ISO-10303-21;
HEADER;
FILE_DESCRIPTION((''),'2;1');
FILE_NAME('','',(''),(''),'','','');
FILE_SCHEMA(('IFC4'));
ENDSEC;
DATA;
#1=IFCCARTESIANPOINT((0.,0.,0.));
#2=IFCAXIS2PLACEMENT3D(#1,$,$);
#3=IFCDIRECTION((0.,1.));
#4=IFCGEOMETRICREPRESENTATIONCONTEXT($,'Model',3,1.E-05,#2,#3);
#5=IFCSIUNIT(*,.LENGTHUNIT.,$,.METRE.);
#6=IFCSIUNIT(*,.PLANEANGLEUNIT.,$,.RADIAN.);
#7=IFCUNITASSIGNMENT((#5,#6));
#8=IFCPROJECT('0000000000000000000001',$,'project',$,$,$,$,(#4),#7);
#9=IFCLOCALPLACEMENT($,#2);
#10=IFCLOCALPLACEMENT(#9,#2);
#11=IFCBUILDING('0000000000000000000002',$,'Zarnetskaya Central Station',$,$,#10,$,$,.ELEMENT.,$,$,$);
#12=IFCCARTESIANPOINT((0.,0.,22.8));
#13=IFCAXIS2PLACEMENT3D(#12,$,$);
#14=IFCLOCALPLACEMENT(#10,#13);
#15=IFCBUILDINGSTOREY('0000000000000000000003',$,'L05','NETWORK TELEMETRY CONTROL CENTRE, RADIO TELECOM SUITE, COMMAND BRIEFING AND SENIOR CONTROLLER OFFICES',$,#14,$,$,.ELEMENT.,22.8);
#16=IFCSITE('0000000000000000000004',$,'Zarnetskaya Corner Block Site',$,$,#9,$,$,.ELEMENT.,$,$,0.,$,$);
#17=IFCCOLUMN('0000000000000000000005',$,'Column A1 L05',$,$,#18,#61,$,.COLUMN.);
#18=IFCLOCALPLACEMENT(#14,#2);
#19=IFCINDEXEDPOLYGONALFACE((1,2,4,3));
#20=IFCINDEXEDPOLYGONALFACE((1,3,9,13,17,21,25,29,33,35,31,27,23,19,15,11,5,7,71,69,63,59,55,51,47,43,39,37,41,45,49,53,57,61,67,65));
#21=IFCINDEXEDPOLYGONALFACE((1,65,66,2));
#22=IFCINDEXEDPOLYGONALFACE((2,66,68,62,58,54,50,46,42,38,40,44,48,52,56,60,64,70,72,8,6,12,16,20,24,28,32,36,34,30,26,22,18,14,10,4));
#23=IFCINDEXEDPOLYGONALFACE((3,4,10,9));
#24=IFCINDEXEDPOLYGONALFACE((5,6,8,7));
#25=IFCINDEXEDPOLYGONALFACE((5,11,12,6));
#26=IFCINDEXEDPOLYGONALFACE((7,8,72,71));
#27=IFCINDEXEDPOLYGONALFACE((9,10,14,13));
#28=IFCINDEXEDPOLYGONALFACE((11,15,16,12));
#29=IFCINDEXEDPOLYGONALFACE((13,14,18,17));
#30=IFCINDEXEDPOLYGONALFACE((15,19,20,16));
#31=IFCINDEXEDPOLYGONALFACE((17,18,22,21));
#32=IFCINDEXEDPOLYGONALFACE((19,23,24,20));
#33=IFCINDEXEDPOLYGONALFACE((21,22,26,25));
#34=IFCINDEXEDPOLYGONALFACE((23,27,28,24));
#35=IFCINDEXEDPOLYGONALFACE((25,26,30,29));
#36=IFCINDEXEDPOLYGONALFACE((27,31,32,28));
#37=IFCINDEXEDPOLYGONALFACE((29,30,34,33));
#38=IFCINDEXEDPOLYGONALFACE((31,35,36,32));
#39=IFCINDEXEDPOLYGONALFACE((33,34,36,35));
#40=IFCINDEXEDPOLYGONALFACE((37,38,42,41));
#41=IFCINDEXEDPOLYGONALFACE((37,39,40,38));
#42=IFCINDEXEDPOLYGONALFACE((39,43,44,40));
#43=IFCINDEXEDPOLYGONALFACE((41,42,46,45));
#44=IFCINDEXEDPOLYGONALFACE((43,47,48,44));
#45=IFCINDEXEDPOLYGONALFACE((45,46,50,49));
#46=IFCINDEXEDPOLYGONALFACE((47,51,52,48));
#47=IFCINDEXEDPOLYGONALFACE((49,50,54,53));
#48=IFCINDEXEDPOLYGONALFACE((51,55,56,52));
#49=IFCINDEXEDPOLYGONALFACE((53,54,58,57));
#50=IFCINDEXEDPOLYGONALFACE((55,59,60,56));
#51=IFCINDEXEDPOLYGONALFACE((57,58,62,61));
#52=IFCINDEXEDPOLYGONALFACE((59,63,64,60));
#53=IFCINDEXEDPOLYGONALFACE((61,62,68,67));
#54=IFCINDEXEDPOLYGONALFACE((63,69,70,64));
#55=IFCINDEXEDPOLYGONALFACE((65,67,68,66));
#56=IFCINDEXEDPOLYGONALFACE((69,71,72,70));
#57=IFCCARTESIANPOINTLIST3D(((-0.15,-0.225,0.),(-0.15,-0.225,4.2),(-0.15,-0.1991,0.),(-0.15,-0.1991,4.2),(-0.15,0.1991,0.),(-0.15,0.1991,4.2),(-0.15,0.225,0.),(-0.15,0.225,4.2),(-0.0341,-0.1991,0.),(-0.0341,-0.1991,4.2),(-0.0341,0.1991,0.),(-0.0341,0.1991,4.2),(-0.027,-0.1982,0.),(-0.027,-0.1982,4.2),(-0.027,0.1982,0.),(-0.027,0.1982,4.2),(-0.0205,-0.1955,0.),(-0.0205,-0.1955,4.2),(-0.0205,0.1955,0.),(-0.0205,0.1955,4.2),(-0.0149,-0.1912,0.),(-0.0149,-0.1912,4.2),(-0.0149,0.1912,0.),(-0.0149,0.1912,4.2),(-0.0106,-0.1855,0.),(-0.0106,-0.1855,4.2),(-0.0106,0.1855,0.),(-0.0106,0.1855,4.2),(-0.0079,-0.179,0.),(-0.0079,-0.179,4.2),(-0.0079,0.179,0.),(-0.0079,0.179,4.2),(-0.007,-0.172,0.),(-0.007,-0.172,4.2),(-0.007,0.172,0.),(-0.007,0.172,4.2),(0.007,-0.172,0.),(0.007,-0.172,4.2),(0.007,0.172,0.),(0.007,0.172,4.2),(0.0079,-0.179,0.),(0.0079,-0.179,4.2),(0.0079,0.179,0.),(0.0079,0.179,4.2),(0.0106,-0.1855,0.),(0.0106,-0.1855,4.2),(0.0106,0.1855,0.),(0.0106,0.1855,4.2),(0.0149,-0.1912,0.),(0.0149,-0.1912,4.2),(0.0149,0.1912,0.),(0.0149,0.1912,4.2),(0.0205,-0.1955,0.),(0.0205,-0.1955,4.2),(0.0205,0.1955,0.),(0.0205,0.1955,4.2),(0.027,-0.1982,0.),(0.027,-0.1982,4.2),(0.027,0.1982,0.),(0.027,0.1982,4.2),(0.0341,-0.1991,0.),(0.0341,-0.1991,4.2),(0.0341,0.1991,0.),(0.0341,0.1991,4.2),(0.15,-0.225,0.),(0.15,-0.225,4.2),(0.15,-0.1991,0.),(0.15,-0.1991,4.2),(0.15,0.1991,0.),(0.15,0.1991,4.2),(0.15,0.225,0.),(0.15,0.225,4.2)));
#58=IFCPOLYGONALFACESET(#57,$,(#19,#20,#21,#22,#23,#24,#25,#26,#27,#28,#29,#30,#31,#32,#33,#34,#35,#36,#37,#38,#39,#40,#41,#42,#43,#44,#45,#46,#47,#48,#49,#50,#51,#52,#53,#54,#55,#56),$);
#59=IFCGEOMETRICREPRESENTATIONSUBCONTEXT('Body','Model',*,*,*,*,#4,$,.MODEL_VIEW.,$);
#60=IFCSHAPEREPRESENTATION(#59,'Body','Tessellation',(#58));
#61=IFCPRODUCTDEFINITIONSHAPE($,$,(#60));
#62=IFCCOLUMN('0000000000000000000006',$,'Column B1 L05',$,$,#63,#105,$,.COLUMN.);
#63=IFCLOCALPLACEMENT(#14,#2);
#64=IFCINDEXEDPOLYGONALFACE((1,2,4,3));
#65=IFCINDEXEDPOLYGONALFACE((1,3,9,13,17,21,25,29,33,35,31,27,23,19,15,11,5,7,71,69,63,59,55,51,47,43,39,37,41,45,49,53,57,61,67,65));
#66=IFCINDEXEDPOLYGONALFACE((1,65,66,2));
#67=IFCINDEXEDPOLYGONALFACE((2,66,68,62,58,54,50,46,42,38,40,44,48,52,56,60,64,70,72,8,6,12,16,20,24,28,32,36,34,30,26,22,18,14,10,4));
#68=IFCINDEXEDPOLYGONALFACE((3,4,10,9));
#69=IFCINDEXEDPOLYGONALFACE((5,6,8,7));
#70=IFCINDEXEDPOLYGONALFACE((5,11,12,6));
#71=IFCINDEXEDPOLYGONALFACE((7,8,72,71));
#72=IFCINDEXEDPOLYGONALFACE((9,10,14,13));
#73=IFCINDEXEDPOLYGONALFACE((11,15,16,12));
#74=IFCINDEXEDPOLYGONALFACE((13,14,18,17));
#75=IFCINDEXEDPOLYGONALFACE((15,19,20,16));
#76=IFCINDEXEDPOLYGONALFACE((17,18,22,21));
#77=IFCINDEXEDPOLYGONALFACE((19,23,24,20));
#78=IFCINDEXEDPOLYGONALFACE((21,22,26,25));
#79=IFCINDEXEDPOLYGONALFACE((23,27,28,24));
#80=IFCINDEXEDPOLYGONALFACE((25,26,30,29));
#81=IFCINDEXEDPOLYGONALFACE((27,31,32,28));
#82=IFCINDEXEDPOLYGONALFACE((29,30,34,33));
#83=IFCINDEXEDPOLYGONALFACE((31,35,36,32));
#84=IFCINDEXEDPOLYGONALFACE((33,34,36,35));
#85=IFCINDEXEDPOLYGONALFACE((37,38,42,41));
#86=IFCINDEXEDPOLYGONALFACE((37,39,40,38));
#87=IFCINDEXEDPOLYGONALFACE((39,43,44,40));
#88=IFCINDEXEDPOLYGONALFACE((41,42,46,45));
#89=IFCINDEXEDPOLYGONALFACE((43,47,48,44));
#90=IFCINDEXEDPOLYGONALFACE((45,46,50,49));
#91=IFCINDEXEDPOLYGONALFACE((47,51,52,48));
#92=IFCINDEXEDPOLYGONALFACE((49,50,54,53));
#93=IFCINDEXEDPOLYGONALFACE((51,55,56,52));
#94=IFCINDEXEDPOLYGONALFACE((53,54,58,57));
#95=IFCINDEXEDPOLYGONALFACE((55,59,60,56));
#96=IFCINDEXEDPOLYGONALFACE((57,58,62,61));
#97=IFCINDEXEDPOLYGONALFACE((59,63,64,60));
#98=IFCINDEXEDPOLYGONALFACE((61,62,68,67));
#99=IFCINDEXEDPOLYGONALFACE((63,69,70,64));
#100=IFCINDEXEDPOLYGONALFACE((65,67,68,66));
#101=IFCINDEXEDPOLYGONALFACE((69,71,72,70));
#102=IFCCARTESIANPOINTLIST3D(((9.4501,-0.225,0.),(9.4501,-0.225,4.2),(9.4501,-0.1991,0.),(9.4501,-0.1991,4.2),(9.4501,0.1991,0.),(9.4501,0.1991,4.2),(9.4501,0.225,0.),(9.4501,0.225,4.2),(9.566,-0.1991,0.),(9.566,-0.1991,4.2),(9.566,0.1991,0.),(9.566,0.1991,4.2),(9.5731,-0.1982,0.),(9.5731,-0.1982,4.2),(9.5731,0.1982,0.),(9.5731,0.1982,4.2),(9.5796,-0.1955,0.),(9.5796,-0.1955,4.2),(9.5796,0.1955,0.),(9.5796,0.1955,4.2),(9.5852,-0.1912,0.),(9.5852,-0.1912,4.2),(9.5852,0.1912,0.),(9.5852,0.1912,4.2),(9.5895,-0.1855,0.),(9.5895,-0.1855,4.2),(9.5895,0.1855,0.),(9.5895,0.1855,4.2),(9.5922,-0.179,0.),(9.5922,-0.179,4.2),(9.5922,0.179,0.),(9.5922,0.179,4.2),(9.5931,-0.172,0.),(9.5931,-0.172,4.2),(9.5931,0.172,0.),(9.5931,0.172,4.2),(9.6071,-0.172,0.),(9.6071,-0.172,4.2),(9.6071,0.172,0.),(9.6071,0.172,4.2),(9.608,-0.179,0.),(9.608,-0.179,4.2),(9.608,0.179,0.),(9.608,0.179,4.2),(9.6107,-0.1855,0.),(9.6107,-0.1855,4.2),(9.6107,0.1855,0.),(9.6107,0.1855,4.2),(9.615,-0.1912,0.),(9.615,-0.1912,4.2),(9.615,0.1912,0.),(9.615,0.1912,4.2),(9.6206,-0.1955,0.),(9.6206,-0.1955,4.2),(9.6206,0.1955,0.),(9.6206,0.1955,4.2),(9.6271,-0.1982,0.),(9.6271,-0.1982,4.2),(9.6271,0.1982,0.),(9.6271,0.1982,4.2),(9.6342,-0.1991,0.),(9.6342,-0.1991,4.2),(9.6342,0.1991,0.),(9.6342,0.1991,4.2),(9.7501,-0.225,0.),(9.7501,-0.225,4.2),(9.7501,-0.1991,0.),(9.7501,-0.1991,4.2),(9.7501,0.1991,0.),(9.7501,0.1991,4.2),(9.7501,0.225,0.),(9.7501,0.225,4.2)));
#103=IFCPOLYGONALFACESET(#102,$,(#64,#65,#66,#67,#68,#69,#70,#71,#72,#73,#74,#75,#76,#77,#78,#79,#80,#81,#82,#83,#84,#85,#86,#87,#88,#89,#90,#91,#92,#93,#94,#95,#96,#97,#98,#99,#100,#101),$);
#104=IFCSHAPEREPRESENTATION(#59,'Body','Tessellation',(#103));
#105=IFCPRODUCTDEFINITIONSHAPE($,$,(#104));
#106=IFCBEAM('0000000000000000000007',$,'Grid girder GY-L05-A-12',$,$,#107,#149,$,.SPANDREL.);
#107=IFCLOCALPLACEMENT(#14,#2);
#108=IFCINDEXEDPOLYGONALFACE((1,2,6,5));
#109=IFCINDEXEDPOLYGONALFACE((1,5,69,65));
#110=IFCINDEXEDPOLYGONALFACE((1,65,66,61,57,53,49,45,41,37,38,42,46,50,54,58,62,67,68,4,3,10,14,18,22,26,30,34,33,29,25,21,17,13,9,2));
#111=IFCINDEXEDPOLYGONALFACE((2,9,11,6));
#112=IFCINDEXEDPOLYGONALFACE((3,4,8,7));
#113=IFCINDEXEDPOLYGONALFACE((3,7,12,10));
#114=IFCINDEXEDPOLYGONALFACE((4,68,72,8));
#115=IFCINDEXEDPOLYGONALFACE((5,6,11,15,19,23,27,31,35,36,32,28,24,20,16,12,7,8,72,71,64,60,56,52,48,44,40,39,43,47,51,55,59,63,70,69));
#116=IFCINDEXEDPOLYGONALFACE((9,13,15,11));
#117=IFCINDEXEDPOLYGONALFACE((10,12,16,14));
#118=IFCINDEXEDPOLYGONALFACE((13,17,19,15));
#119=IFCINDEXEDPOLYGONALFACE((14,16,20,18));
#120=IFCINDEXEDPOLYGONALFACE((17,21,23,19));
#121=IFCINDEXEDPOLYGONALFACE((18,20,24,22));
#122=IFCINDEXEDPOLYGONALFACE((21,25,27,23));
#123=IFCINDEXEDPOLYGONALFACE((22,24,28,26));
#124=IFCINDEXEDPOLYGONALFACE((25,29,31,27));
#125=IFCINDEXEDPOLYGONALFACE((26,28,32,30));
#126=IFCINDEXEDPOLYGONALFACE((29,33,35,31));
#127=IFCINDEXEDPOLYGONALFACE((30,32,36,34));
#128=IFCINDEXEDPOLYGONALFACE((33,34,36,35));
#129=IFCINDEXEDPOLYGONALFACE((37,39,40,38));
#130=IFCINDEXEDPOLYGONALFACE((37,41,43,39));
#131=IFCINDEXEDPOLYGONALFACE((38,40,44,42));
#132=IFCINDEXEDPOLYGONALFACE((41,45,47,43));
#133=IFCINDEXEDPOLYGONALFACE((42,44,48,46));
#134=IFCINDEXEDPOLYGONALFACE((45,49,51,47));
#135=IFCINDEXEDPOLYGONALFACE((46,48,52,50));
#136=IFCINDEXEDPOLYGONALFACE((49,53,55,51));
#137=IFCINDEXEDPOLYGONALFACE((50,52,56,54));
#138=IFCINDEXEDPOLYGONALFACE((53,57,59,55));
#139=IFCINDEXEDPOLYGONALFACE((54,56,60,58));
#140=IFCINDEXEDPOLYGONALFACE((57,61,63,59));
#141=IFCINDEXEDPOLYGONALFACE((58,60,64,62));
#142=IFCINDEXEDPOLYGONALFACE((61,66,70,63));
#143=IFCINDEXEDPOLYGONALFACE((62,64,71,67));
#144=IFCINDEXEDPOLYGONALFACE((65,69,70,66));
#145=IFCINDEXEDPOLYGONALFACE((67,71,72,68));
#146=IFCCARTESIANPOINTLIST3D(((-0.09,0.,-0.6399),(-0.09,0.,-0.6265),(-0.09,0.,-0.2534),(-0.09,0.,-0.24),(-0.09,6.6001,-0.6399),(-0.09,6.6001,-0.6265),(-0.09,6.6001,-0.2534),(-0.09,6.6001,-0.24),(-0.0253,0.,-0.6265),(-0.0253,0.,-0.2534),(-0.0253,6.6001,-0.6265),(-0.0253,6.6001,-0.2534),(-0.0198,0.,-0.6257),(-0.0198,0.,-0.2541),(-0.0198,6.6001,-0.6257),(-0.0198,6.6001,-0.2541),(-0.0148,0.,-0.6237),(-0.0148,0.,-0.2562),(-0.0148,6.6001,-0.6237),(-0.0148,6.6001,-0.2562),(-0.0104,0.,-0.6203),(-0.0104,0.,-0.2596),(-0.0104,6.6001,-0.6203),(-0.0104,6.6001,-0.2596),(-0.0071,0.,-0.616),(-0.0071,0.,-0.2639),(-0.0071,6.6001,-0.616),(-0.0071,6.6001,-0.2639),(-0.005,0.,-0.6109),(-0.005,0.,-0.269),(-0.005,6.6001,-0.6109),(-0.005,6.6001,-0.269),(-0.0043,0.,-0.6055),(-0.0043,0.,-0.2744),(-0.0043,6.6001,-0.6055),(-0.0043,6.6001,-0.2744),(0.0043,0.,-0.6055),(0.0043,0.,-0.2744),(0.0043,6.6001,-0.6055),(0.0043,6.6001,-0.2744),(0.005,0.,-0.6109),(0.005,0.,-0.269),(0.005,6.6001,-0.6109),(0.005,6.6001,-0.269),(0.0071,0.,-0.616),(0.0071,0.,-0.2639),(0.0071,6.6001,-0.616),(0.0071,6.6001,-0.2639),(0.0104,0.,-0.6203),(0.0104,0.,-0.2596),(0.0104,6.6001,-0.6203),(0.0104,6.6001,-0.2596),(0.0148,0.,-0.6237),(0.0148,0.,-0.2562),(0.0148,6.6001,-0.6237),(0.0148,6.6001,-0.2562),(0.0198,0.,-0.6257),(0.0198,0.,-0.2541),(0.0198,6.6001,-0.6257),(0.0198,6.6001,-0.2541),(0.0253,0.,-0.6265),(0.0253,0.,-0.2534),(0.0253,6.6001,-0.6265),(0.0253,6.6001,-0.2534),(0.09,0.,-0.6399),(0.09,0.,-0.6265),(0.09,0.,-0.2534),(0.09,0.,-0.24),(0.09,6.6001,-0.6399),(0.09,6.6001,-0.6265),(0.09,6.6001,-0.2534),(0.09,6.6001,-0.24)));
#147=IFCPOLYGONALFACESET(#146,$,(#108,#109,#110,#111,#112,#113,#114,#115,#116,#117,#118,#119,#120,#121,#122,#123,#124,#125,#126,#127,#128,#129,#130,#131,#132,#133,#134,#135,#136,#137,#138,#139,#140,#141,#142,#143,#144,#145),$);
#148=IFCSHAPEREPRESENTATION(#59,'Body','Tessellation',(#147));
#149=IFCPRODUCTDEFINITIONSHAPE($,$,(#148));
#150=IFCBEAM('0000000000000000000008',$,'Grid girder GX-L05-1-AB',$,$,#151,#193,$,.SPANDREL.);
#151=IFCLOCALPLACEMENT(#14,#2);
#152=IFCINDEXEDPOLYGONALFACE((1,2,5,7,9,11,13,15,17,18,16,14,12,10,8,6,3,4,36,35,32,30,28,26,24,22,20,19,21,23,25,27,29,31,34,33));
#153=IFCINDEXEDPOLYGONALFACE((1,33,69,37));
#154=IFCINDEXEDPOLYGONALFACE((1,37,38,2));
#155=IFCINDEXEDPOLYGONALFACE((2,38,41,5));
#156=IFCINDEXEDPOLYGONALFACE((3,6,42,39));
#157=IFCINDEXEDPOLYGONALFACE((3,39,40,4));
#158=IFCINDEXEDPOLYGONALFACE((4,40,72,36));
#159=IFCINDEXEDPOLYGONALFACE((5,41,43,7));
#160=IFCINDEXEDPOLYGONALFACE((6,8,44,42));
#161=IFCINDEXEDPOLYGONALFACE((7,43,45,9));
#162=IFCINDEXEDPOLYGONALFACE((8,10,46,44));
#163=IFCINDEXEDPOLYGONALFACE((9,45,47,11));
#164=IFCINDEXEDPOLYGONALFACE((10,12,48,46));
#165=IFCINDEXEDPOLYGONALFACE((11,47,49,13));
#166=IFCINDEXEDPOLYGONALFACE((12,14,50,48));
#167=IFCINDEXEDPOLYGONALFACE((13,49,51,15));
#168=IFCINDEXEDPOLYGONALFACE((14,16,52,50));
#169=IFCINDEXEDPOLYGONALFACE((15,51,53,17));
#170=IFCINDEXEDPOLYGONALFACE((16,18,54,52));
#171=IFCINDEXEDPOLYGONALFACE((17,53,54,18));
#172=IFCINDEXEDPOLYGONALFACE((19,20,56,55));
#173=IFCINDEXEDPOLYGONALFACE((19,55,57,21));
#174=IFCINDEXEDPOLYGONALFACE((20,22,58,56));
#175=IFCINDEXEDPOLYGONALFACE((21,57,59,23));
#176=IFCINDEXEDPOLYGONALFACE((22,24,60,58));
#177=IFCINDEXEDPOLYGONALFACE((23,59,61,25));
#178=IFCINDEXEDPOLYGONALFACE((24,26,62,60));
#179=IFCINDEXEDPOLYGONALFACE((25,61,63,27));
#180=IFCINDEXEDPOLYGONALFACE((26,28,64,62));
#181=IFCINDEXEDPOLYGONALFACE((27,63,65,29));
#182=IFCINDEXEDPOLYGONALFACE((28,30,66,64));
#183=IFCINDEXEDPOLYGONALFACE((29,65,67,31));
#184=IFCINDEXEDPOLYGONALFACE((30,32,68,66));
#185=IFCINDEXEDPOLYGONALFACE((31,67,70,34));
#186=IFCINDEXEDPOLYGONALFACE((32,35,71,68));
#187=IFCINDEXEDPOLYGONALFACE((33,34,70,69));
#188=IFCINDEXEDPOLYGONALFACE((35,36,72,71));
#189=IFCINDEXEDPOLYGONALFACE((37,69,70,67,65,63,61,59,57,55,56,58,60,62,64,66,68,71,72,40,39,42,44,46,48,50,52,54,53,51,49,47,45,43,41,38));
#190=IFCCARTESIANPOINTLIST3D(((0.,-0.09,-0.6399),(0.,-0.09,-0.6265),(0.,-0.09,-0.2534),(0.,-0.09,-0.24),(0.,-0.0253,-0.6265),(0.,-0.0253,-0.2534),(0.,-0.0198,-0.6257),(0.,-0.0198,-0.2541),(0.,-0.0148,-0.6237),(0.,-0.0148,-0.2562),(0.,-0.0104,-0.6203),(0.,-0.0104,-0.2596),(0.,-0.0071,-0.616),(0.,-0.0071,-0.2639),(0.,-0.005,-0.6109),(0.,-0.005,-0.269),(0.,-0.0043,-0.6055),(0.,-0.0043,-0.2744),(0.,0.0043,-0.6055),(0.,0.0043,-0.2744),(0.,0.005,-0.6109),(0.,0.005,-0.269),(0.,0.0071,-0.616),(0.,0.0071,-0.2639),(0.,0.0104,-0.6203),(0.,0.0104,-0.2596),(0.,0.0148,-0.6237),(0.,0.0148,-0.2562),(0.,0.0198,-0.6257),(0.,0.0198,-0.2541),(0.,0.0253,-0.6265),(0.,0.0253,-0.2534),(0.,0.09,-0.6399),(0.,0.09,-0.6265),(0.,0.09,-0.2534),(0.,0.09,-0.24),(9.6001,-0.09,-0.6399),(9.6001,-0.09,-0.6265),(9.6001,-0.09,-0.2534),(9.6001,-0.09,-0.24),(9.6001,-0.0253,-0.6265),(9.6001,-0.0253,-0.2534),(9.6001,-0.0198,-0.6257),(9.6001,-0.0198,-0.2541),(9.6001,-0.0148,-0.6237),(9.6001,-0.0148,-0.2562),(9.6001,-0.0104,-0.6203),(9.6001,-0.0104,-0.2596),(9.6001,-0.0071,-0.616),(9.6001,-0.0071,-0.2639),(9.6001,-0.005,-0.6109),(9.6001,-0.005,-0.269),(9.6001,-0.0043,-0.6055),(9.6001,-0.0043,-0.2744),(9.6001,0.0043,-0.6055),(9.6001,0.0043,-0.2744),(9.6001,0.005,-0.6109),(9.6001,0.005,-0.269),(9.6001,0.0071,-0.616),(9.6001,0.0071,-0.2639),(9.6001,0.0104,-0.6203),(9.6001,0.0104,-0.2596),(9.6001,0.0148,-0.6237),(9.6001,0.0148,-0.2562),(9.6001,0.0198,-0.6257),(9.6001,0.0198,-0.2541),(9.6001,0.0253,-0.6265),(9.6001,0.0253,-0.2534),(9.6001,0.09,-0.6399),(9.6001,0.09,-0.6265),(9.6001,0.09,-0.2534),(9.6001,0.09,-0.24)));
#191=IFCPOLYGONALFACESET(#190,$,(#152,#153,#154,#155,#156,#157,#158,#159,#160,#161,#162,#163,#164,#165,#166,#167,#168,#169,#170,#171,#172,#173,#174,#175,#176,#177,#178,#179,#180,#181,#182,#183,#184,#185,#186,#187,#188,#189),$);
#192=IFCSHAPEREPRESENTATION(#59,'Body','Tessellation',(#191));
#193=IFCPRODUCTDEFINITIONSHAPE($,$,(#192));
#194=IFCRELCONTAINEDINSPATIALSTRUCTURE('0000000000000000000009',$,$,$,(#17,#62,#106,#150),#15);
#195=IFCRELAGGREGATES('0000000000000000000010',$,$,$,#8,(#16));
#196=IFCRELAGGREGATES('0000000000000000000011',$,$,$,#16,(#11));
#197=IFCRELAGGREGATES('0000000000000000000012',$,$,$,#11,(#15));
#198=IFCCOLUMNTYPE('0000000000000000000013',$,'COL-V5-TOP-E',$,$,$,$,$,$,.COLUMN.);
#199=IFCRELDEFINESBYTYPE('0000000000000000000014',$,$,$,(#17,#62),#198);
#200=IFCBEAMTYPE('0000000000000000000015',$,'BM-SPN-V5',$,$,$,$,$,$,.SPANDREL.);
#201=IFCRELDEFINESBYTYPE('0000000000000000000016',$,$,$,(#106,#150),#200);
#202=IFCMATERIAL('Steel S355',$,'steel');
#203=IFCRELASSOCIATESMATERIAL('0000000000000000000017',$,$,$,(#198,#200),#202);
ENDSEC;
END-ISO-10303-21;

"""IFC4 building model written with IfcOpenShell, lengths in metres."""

from ifc_helpers import new_model, si_unit, direction, frame, origin, origin_2d, place, context, subcontext, project, spatial, i_section, extrude, material, material_profile, profile_set, type_object, element, save


model = new_model("IFC4")

# Units and contexts
model_context = context("Model", 3, precision=1e-05, world=origin(), true_north=direction((0.0, 1.0)))
body_context = subcontext(model_context, "Body", "Model", "MODEL_VIEW")
ifc_project = project(units=[si_unit("LENGTHUNIT", "METRE"), si_unit("PLANEANGLEUNIT", "RADIAN")], contexts=[model_context])

# Site, building, storey
site_placement = place(None, origin())
site = spatial("IfcSite", under=ifc_project, at=site_placement, Name="Zarnetskaya Corner Block Site", CompositionType="ELEMENT", RefElevation=0.0)
building_placement = place(site_placement, origin())
building = spatial("IfcBuilding", under=site, at=building_placement, Name="Zarnetskaya Central Station", CompositionType="ELEMENT")
storey_placement = place(building_placement, frame((0.0, 0.0, 22.8)))
storey = spatial("IfcBuildingStorey", under=building, at=storey_placement, Name="L05", Description="NETWORK TELEMETRY CONTROL CENTRE, RADIO TELECOM SUITE, COMMAND BRIEFING AND SENIOR CONTROLLER OFFICES", CompositionType="ELEMENT", Elevation=22.8)

# Columns
ifc_material_1 = material(Name="Steel S355", Category="steel")
ifc_material_profile_1 = material_profile(ifc_material_1, i_section(OverallWidth=0.3, OverallDepth=0.45, WebThickness=0.0139, FlangeThickness=0.0259, FilletRadius=0.0271, at=origin_2d()), Name="HEB 450")
ifc_profile_set_1 = profile_set([ifc_material_profile_1], Name="Steel S355")
column_type = type_object("IfcColumnType", Name="COL-V5-TOP-E", PredefinedType="COLUMN", material=ifc_profile_set_1)
for number, where, z_axis, x_axis, name in (
    (1, (0.0, 0.0, 0.0), (0.0, 0.0, 1.0), (1.0, 0.0, 0.0), "Column A1 L05"),
    (2, (9.6001, 0.0, 0.0), (0.0, 0.0, 1.0), (1.0, 0.0, 0.0), "Column B1 L05"),
):
    element("IfcColumn", number, at=place(storey_placement, frame(where, z_axis=z_axis, x_axis=x_axis)), inside=storey, type_object=column_type, Name=name, PredefinedType="COLUMN", context=body_context, shape_type="SweptSolid", body=[
        extrude(i_section(OverallWidth=0.3, OverallDepth=0.45, WebThickness=0.0139, FlangeThickness=0.0259, FilletRadius=0.0271, at=origin_2d()), origin(), (0.0, 0.0, 1.0), 4.2),
    ])

# Beams
ifc_material_profile_2 = material_profile(ifc_material_1, i_section(OverallWidth=0.1799, OverallDepth=0.3999, WebThickness=0.0085, FlangeThickness=0.0134, FilletRadius=0.021, at=origin_2d()), Name="IPE 400")
ifc_profile_set_2 = profile_set([ifc_material_profile_2], Name="Steel S355")
beam_type_1 = type_object("IfcBeamType", Name="BM-SPN-V5", PredefinedType="SPANDREL", material=ifc_profile_set_2)
beam_1_placement = place(storey_placement, frame((0.0, 0.0, -0.4399), z_axis=(0.0, 1.0, 0.0), x_axis=(-1.0, 0.0, 0.0)))
element("IfcBeam", 3, at=beam_1_placement, inside=storey, type_object=beam_type_1, Name="Grid girder GY-L05-A-12", PredefinedType="SPANDREL", context=body_context, shape_type="SweptSolid", body=[
    extrude(i_section(OverallWidth=0.1799, OverallDepth=0.3999, WebThickness=0.0085, FlangeThickness=0.0134, FilletRadius=0.021, at=origin_2d()), origin(), (0.0, 0.0, 1.0), 6.6001),
])
beam_2_placement = place(storey_placement, frame((0.0, 0.0, -0.4399), z_axis=(1.0, 0.0, 0.0), x_axis=(0.0, 1.0, 0.0)))
element("IfcBeam", 4, at=beam_2_placement, inside=storey, type_object=beam_type_1, Name="Grid girder GX-L05-1-AB", PredefinedType="SPANDREL", context=body_context, shape_type="SweptSolid", body=[
    extrude(i_section(OverallWidth=0.1799, OverallDepth=0.3999, WebThickness=0.0085, FlangeThickness=0.0134, FilletRadius=0.021, at=origin_2d()), origin(), (0.0, 0.0, 1.0), 9.6001),
])

save(model, "model.ifc")
